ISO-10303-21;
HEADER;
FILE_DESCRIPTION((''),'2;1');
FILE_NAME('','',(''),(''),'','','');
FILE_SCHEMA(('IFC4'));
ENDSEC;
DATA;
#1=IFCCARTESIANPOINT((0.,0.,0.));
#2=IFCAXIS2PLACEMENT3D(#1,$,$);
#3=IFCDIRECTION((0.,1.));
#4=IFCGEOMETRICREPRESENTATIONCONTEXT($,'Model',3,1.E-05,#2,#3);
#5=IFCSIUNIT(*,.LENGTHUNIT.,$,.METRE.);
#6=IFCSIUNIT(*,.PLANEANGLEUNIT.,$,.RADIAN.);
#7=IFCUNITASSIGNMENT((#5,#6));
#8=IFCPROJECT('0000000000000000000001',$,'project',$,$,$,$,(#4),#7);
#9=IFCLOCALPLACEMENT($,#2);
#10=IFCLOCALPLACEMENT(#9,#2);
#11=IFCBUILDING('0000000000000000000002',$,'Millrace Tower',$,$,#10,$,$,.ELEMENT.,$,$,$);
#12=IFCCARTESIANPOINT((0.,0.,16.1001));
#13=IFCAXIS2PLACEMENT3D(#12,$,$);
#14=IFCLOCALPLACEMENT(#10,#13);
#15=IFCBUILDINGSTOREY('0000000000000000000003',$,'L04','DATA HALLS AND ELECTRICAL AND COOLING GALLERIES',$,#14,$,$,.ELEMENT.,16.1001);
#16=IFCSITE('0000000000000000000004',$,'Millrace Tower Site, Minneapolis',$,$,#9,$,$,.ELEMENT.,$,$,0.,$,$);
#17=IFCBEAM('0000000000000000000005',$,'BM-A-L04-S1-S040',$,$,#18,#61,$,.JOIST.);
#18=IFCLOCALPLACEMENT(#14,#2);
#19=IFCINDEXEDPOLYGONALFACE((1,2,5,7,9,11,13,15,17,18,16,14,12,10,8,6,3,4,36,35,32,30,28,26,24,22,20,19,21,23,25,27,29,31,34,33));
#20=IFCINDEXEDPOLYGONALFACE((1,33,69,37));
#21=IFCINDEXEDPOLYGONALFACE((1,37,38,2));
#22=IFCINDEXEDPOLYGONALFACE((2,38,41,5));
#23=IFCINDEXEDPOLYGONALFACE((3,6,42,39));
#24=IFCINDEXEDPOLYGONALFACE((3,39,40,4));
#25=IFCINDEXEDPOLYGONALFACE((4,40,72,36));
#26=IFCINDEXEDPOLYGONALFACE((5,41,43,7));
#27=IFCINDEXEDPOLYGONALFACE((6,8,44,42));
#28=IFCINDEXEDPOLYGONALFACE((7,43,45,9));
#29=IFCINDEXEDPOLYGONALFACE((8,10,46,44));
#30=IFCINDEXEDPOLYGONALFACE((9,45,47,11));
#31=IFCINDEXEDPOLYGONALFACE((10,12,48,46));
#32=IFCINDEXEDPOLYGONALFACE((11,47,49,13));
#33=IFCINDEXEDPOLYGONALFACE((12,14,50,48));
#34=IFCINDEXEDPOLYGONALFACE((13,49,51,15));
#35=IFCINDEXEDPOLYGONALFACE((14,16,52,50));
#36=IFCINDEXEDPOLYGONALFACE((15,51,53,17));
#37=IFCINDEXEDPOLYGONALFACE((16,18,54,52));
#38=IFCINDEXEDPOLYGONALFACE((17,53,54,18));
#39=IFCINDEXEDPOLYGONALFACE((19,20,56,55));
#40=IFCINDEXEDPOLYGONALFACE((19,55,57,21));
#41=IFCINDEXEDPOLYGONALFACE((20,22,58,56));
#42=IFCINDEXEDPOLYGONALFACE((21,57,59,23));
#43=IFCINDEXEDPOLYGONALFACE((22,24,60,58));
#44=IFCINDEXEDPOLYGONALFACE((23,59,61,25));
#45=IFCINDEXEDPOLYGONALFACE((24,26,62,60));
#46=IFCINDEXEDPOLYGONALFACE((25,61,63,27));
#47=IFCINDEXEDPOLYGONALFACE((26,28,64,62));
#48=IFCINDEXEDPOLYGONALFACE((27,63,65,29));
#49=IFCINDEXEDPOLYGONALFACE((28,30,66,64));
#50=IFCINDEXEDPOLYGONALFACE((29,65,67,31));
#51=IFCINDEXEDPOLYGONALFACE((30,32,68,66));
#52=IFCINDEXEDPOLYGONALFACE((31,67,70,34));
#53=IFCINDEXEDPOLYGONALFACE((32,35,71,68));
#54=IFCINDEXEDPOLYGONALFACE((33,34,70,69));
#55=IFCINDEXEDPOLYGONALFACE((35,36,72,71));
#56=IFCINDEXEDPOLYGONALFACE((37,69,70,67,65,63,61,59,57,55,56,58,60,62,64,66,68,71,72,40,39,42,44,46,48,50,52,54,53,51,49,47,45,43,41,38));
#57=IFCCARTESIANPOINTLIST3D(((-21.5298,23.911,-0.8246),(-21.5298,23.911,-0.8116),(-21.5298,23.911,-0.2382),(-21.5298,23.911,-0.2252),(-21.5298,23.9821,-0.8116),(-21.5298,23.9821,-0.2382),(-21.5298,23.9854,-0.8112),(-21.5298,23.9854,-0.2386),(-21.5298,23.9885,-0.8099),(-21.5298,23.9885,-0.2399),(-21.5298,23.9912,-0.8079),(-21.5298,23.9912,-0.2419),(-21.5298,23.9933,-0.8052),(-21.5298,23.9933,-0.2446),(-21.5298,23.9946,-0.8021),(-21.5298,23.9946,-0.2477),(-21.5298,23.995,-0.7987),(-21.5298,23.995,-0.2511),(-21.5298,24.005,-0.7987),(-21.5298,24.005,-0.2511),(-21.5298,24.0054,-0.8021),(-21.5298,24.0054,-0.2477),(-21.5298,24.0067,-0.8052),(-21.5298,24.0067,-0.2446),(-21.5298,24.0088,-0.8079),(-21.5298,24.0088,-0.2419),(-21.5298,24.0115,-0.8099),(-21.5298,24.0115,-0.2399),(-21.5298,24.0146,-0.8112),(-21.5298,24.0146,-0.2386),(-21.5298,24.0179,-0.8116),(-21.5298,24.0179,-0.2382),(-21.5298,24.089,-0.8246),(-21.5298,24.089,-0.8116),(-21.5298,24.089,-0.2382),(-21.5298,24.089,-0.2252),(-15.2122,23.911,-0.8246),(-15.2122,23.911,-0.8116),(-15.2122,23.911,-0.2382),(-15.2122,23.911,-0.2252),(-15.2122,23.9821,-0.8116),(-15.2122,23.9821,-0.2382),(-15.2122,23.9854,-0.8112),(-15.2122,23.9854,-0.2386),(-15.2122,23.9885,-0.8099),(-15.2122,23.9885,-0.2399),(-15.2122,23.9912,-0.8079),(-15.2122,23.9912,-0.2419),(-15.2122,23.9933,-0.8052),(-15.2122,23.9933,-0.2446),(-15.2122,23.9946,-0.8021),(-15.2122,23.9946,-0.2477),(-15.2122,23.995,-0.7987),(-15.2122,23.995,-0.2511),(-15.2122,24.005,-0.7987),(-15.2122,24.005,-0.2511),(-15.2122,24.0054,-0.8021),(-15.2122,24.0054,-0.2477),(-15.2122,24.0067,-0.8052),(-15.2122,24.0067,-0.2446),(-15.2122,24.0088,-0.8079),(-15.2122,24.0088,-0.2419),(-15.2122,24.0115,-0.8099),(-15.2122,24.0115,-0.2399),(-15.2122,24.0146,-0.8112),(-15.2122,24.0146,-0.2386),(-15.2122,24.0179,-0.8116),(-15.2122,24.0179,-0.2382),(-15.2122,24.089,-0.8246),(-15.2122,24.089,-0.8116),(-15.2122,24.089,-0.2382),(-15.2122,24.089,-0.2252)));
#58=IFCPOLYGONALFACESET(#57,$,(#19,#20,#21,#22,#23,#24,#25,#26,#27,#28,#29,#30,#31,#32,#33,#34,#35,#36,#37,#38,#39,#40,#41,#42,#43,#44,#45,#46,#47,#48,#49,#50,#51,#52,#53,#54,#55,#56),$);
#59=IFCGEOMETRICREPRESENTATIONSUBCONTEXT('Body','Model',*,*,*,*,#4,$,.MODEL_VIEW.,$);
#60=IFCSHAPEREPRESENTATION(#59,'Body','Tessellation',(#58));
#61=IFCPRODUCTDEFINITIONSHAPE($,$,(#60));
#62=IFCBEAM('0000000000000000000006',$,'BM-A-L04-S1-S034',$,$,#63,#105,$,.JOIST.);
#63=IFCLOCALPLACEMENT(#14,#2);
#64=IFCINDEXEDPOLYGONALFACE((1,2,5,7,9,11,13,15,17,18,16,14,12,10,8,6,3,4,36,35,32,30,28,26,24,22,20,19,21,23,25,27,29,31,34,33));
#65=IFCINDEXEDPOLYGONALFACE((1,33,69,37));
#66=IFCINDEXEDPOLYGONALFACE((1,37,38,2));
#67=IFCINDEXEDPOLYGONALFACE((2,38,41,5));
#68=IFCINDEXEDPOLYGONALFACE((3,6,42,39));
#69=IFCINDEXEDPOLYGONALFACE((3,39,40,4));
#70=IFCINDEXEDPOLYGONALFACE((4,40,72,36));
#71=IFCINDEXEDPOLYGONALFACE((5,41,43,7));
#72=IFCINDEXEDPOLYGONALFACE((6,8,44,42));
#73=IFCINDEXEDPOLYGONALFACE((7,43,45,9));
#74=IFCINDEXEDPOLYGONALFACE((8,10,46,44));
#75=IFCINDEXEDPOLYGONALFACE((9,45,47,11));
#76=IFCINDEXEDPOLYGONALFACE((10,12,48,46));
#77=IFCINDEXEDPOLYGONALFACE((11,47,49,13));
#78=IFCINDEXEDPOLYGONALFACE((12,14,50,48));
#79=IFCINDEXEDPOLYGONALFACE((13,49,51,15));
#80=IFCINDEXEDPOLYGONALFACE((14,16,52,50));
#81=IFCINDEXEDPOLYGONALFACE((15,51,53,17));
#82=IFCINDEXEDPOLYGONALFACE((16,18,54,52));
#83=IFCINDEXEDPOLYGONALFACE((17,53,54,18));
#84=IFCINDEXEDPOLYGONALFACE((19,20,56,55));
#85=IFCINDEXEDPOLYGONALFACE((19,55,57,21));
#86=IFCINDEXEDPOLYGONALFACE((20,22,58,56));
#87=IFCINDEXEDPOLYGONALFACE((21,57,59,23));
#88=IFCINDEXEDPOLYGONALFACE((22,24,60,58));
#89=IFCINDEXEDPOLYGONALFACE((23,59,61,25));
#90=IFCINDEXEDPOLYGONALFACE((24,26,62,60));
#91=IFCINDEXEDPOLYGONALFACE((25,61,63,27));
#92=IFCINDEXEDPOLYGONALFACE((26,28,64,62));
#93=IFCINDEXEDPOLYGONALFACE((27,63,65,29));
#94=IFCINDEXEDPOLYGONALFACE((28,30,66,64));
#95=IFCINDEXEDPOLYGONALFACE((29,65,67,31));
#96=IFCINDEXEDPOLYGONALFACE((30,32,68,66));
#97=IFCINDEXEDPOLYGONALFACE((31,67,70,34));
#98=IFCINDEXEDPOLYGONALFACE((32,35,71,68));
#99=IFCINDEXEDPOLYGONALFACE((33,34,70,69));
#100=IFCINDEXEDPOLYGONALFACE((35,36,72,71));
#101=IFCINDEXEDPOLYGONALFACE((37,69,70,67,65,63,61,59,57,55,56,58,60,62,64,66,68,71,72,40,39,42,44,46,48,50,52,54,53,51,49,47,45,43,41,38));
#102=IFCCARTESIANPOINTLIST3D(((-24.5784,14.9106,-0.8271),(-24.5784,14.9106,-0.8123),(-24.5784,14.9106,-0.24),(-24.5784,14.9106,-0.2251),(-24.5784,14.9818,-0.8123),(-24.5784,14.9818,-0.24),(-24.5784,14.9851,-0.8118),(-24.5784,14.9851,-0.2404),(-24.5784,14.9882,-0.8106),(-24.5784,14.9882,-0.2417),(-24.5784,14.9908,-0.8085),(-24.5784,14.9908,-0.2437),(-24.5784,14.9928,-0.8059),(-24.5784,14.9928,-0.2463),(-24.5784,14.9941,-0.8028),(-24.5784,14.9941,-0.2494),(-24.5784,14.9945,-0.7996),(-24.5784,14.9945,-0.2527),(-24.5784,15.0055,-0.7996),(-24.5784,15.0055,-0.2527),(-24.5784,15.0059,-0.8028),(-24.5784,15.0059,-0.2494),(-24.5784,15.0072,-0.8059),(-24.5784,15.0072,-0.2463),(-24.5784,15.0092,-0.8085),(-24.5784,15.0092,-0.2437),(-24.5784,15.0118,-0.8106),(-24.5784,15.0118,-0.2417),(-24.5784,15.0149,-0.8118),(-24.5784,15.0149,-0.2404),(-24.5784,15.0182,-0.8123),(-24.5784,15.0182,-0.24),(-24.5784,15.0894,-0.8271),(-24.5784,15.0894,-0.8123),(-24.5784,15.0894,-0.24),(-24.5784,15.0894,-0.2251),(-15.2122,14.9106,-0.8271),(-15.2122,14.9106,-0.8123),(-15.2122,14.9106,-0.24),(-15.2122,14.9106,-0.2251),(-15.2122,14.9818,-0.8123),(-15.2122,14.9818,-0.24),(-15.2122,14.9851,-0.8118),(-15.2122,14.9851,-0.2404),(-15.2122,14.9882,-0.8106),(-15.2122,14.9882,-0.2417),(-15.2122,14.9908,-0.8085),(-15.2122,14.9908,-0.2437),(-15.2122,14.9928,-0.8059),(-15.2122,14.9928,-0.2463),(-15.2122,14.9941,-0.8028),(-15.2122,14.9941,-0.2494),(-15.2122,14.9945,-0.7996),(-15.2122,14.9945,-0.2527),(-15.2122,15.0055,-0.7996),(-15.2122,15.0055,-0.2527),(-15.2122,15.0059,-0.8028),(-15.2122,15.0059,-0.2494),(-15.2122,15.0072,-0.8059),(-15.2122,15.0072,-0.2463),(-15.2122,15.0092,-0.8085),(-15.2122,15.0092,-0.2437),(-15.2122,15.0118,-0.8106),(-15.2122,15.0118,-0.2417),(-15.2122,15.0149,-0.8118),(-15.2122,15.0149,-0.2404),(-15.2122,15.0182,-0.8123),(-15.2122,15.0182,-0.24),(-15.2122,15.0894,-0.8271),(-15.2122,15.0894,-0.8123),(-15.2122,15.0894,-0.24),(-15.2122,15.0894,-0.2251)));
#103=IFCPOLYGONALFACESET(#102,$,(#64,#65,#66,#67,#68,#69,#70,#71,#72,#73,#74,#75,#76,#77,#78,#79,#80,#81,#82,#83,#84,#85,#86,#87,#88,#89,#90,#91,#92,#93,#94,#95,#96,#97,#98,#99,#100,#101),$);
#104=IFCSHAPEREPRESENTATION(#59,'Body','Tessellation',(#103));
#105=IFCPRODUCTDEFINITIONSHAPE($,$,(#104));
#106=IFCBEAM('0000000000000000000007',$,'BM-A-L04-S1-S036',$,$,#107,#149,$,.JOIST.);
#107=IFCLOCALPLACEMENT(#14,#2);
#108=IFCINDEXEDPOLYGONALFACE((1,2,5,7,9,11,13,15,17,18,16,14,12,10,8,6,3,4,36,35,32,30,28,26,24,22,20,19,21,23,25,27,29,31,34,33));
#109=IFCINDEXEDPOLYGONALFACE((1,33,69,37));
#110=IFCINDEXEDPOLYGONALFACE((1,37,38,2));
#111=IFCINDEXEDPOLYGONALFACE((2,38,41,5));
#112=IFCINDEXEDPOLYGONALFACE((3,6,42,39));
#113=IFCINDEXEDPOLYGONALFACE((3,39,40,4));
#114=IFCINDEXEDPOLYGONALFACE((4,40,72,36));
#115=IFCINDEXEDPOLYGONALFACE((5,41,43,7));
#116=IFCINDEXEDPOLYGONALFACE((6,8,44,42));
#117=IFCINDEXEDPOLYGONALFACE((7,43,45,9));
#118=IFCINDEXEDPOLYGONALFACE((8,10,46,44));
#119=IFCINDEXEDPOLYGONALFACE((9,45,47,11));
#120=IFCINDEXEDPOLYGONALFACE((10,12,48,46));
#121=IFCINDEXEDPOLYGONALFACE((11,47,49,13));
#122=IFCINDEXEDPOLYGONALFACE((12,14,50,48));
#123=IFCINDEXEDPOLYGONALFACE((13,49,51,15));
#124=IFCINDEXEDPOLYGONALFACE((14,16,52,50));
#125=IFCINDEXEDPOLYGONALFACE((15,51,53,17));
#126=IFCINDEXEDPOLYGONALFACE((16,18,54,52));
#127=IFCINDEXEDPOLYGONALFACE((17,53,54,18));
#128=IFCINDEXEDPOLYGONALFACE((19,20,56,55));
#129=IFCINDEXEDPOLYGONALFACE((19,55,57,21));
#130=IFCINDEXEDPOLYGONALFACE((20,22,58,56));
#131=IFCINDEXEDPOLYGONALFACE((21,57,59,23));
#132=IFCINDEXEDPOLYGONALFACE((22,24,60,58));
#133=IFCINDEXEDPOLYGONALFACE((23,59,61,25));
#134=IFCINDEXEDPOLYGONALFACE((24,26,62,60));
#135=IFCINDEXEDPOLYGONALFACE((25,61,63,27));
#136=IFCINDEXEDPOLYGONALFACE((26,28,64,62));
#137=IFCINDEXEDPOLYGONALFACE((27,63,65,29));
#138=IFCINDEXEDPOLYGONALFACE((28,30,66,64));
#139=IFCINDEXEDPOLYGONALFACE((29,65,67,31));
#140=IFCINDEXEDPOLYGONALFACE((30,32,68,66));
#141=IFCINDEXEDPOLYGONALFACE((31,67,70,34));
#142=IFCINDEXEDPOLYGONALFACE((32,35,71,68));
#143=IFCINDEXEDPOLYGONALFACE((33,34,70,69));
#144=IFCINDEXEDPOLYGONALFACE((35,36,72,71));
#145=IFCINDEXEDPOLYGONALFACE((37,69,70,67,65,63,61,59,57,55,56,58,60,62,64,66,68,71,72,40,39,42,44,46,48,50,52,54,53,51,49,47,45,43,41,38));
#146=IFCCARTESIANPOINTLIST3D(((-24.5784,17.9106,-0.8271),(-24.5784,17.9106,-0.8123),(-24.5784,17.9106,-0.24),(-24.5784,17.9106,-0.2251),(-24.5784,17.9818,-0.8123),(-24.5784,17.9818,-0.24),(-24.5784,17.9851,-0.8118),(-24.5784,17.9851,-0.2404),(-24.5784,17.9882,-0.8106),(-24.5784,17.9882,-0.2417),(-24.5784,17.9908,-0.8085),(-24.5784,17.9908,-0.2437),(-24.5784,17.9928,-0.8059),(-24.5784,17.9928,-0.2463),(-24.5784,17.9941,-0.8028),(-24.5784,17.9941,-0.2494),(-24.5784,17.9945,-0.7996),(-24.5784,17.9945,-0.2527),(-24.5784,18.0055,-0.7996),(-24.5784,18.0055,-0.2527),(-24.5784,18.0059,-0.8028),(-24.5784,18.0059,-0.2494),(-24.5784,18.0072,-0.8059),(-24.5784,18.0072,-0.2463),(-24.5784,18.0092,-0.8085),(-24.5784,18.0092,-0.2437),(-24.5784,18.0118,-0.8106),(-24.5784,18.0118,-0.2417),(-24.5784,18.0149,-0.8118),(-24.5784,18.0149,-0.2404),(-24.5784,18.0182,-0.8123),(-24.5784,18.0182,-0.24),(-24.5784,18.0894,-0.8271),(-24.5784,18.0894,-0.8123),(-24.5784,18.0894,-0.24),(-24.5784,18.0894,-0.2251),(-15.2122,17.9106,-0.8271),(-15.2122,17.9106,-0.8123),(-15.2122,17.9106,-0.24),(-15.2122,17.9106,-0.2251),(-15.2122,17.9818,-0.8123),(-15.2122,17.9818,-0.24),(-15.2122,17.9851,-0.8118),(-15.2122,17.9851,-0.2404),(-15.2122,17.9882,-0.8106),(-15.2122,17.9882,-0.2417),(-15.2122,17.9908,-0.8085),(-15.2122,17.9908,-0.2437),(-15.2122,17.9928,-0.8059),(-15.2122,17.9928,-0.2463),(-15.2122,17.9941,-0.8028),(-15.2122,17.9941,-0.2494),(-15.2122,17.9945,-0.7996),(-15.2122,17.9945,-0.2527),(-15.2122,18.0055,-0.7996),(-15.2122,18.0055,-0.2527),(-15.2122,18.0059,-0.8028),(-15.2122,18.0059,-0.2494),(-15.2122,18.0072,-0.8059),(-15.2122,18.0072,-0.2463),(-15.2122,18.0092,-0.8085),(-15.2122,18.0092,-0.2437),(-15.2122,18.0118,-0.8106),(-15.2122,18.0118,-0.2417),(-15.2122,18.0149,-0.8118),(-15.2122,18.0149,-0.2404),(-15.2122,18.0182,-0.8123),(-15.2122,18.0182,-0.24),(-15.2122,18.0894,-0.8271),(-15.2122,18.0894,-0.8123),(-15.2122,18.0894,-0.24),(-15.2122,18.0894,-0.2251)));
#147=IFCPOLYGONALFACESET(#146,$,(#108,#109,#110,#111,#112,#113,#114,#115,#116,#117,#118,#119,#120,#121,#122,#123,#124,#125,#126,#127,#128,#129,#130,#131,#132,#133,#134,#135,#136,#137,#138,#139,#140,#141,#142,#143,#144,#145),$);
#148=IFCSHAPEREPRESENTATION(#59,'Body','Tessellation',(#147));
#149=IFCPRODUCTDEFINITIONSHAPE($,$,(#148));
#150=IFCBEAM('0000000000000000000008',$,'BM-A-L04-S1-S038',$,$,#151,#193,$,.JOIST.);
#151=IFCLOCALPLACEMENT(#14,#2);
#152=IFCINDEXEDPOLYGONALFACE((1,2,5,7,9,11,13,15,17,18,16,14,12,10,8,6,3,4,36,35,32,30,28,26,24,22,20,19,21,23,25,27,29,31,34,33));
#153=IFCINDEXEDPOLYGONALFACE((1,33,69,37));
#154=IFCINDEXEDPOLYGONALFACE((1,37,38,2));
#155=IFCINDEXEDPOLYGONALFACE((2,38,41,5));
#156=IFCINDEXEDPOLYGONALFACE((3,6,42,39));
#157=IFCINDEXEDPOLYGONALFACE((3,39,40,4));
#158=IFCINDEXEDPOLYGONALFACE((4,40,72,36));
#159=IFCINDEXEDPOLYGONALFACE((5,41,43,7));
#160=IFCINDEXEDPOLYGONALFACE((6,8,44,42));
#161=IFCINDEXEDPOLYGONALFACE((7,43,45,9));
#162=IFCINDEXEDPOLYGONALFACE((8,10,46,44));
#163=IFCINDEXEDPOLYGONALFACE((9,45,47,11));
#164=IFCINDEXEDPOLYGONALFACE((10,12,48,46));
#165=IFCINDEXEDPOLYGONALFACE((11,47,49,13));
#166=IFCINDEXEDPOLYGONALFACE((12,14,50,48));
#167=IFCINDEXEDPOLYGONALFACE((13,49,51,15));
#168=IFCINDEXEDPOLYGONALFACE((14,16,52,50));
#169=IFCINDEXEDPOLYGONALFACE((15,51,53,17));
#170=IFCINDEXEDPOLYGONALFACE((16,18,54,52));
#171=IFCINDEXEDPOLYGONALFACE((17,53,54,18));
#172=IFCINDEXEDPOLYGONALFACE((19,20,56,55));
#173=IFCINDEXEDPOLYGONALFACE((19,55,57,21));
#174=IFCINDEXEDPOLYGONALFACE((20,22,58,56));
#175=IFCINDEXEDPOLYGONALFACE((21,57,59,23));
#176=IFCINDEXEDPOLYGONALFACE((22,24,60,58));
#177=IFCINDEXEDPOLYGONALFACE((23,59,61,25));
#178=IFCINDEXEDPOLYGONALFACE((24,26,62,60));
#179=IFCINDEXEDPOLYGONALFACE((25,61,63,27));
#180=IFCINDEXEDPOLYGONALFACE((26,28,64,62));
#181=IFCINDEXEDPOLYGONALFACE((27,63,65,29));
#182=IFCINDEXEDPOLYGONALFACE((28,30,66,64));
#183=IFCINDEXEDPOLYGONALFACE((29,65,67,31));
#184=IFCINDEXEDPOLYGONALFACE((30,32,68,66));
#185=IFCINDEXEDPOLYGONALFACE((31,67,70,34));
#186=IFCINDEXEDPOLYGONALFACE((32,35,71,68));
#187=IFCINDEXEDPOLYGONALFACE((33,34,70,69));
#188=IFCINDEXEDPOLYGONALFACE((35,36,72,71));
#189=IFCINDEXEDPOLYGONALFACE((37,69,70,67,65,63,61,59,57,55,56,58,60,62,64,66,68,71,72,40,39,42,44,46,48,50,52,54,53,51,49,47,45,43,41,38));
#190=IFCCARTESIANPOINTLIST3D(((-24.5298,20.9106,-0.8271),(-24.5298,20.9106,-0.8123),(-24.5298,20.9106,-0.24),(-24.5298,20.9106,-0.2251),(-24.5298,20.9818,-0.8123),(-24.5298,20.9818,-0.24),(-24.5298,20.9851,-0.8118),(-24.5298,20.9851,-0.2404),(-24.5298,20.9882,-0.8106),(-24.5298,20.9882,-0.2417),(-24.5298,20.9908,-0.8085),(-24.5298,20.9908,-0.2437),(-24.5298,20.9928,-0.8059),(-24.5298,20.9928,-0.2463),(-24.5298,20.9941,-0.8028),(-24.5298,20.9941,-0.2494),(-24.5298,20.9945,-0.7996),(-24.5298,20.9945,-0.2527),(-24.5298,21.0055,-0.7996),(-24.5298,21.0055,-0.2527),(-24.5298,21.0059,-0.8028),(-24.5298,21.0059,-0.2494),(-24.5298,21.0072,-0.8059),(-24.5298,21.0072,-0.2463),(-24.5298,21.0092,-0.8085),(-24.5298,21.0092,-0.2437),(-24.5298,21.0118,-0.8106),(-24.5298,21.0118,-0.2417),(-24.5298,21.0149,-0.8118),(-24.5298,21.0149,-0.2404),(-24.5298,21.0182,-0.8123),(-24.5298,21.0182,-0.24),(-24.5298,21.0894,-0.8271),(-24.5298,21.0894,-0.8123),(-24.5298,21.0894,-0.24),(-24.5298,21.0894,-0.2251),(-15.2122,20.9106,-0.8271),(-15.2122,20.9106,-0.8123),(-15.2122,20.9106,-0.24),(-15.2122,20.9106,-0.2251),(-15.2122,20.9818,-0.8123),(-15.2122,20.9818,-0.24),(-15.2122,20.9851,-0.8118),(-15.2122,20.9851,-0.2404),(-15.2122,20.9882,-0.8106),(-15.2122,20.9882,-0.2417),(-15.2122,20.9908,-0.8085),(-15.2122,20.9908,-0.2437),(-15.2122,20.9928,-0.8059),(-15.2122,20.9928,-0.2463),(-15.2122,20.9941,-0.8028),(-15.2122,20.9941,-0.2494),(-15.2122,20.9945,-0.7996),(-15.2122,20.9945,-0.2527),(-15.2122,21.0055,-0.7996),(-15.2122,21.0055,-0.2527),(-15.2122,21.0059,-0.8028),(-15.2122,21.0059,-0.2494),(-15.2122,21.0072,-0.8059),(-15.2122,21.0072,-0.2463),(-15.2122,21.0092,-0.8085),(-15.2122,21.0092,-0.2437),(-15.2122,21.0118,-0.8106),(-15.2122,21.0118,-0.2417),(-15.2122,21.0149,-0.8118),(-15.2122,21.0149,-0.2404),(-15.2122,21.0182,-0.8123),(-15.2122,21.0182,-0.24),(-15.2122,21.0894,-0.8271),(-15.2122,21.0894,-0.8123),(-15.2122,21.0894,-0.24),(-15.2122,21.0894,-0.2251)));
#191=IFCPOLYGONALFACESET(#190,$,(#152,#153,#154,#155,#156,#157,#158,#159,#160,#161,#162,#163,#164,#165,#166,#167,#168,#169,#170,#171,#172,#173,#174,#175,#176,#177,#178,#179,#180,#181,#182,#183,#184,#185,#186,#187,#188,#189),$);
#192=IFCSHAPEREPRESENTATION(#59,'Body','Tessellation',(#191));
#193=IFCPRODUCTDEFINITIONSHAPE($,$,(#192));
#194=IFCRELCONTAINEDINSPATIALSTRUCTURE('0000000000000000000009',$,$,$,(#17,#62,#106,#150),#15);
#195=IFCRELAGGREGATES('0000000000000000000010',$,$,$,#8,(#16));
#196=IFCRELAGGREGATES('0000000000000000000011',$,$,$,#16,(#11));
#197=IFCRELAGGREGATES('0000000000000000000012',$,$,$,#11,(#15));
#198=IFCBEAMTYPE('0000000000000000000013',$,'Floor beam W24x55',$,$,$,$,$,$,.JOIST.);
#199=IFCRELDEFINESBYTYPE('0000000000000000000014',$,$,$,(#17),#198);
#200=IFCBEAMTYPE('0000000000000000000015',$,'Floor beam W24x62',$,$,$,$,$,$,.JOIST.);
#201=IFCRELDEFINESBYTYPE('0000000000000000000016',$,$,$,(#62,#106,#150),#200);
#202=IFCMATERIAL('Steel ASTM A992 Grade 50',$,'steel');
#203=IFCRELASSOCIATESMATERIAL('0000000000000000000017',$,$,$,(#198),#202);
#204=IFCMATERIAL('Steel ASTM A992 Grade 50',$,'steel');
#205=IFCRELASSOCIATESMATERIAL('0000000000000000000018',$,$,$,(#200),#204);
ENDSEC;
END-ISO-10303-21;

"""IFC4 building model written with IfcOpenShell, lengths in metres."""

from ifc_helpers import new_model, si_unit, direction, frame, origin, origin_2d, place, context, subcontext, project, spatial, i_section, extrude, material, material_profile, profile_set, type_object, element, save


model = new_model("IFC4")

# Units and contexts
model_context = context("Model", 3, precision=1e-05, world=origin(), true_north=direction((0.0, 1.0)))
body_context = subcontext(model_context, "Body", "Model", "MODEL_VIEW")
ifc_project = project(units=[si_unit("LENGTHUNIT", "METRE"), si_unit("PLANEANGLEUNIT", "RADIAN")], contexts=[model_context])

# Site, building, storey
site_placement = place(None, origin())
site = spatial("IfcSite", under=ifc_project, at=site_placement, Name="Millrace Tower Site, Minneapolis", CompositionType="ELEMENT", RefElevation=0.0)
building_placement = place(site_placement, origin())
building = spatial("IfcBuilding", under=site, at=building_placement, Name="Millrace Tower", CompositionType="ELEMENT")
storey_placement = place(building_placement, frame((0.0, 0.0, 16.1001)))
storey = spatial("IfcBuildingStorey", under=building, at=storey_placement, Name="L04", Description="DATA HALLS AND ELECTRICAL AND COOLING GALLERIES", CompositionType="ELEMENT", Elevation=16.1001)

# Beams
ifc_material_1 = material(Name="Steel ASTM A992 Grade 50", Category="steel")
ifc_material_profile_1 = material_profile(ifc_material_1, i_section(OverallWidth=0.178, OverallDepth=0.5994, WebThickness=0.01, FlangeThickness=0.0129, FilletRadius=0.0129, at=origin_2d()))
ifc_profile_set_1 = profile_set([ifc_material_profile_1], Name="Steel ASTM A992 Grade 50")
beam_type_1 = type_object("IfcBeamType", Name="Floor beam W24x55", PredefinedType="JOIST", material=ifc_profile_set_1)
beam_1_placement = place(storey_placement, frame((-21.5298, 24.0, -0.5249), z_axis=(1.0, 0.0, 0.0), x_axis=(0.0, 1.0, 0.0)))
element("IfcBeam", 1, at=beam_1_placement, inside=storey, type_object=beam_type_1, Name="BM-A-L04-S1-S040", PredefinedType="JOIST", context=body_context, shape_type="SweptSolid", body=[
    extrude(i_section(OverallWidth=0.178, OverallDepth=0.5994, WebThickness=0.01, FlangeThickness=0.0129, FilletRadius=0.0129, at=origin_2d()), origin(), (0.0, 0.0, 1.0), 6.3176),
])
ifc_material_2 = material(Name="Steel ASTM A992 Grade 50", Category="steel")
ifc_material_profile_2 = material_profile(ifc_material_2, i_section(OverallWidth=0.1787, OverallDepth=0.6021, WebThickness=0.011, FlangeThickness=0.0149, FilletRadius=0.0127, at=origin_2d()))
ifc_profile_set_2 = profile_set([ifc_material_profile_2], Name="Steel ASTM A992 Grade 50")
beam_type_2 = type_object("IfcBeamType", Name="Floor beam W24x62", PredefinedType="JOIST", material=ifc_profile_set_2)
for number, where, z_axis, x_axis, name in (
    (2, (-24.5784, 15.0, -0.5261), (1.0, 0.0, 0.0), (0.0, 1.0, 0.0), "BM-A-L04-S1-S034"),
    (3, (-24.5784, 18.0, -0.5261), (1.0, 0.0, 0.0), (0.0, 1.0, 0.0), "BM-A-L04-S1-S036"),
):
    element("IfcBeam", number, at=place(storey_placement, frame(where, z_axis=z_axis, x_axis=x_axis)), inside=storey, type_object=beam_type_2, Name=name, PredefinedType="JOIST", context=body_context, shape_type="SweptSolid", body=[
        extrude(i_section(OverallWidth=0.1787, OverallDepth=0.6021, WebThickness=0.011, FlangeThickness=0.0149, FilletRadius=0.0127, at=origin_2d()), origin(), (0.0, 0.0, 1.0), 9.3662),
    ])
beam_2_placement = place(storey_placement, frame((-24.5298, 21.0, -0.5261), z_axis=(1.0, 0.0, 0.0), x_axis=(0.0, 1.0, 0.0)))
element("IfcBeam", 4, at=beam_2_placement, inside=storey, type_object=beam_type_2, Name="BM-A-L04-S1-S038", PredefinedType="JOIST", context=body_context, shape_type="SweptSolid", body=[
    extrude(i_section(OverallWidth=0.1787, OverallDepth=0.6021, WebThickness=0.011, FlangeThickness=0.0149, FilletRadius=0.0127, at=origin_2d()), origin(), (0.0, 0.0, 1.0), 9.3176),
])

save(model, "model.ifc")
